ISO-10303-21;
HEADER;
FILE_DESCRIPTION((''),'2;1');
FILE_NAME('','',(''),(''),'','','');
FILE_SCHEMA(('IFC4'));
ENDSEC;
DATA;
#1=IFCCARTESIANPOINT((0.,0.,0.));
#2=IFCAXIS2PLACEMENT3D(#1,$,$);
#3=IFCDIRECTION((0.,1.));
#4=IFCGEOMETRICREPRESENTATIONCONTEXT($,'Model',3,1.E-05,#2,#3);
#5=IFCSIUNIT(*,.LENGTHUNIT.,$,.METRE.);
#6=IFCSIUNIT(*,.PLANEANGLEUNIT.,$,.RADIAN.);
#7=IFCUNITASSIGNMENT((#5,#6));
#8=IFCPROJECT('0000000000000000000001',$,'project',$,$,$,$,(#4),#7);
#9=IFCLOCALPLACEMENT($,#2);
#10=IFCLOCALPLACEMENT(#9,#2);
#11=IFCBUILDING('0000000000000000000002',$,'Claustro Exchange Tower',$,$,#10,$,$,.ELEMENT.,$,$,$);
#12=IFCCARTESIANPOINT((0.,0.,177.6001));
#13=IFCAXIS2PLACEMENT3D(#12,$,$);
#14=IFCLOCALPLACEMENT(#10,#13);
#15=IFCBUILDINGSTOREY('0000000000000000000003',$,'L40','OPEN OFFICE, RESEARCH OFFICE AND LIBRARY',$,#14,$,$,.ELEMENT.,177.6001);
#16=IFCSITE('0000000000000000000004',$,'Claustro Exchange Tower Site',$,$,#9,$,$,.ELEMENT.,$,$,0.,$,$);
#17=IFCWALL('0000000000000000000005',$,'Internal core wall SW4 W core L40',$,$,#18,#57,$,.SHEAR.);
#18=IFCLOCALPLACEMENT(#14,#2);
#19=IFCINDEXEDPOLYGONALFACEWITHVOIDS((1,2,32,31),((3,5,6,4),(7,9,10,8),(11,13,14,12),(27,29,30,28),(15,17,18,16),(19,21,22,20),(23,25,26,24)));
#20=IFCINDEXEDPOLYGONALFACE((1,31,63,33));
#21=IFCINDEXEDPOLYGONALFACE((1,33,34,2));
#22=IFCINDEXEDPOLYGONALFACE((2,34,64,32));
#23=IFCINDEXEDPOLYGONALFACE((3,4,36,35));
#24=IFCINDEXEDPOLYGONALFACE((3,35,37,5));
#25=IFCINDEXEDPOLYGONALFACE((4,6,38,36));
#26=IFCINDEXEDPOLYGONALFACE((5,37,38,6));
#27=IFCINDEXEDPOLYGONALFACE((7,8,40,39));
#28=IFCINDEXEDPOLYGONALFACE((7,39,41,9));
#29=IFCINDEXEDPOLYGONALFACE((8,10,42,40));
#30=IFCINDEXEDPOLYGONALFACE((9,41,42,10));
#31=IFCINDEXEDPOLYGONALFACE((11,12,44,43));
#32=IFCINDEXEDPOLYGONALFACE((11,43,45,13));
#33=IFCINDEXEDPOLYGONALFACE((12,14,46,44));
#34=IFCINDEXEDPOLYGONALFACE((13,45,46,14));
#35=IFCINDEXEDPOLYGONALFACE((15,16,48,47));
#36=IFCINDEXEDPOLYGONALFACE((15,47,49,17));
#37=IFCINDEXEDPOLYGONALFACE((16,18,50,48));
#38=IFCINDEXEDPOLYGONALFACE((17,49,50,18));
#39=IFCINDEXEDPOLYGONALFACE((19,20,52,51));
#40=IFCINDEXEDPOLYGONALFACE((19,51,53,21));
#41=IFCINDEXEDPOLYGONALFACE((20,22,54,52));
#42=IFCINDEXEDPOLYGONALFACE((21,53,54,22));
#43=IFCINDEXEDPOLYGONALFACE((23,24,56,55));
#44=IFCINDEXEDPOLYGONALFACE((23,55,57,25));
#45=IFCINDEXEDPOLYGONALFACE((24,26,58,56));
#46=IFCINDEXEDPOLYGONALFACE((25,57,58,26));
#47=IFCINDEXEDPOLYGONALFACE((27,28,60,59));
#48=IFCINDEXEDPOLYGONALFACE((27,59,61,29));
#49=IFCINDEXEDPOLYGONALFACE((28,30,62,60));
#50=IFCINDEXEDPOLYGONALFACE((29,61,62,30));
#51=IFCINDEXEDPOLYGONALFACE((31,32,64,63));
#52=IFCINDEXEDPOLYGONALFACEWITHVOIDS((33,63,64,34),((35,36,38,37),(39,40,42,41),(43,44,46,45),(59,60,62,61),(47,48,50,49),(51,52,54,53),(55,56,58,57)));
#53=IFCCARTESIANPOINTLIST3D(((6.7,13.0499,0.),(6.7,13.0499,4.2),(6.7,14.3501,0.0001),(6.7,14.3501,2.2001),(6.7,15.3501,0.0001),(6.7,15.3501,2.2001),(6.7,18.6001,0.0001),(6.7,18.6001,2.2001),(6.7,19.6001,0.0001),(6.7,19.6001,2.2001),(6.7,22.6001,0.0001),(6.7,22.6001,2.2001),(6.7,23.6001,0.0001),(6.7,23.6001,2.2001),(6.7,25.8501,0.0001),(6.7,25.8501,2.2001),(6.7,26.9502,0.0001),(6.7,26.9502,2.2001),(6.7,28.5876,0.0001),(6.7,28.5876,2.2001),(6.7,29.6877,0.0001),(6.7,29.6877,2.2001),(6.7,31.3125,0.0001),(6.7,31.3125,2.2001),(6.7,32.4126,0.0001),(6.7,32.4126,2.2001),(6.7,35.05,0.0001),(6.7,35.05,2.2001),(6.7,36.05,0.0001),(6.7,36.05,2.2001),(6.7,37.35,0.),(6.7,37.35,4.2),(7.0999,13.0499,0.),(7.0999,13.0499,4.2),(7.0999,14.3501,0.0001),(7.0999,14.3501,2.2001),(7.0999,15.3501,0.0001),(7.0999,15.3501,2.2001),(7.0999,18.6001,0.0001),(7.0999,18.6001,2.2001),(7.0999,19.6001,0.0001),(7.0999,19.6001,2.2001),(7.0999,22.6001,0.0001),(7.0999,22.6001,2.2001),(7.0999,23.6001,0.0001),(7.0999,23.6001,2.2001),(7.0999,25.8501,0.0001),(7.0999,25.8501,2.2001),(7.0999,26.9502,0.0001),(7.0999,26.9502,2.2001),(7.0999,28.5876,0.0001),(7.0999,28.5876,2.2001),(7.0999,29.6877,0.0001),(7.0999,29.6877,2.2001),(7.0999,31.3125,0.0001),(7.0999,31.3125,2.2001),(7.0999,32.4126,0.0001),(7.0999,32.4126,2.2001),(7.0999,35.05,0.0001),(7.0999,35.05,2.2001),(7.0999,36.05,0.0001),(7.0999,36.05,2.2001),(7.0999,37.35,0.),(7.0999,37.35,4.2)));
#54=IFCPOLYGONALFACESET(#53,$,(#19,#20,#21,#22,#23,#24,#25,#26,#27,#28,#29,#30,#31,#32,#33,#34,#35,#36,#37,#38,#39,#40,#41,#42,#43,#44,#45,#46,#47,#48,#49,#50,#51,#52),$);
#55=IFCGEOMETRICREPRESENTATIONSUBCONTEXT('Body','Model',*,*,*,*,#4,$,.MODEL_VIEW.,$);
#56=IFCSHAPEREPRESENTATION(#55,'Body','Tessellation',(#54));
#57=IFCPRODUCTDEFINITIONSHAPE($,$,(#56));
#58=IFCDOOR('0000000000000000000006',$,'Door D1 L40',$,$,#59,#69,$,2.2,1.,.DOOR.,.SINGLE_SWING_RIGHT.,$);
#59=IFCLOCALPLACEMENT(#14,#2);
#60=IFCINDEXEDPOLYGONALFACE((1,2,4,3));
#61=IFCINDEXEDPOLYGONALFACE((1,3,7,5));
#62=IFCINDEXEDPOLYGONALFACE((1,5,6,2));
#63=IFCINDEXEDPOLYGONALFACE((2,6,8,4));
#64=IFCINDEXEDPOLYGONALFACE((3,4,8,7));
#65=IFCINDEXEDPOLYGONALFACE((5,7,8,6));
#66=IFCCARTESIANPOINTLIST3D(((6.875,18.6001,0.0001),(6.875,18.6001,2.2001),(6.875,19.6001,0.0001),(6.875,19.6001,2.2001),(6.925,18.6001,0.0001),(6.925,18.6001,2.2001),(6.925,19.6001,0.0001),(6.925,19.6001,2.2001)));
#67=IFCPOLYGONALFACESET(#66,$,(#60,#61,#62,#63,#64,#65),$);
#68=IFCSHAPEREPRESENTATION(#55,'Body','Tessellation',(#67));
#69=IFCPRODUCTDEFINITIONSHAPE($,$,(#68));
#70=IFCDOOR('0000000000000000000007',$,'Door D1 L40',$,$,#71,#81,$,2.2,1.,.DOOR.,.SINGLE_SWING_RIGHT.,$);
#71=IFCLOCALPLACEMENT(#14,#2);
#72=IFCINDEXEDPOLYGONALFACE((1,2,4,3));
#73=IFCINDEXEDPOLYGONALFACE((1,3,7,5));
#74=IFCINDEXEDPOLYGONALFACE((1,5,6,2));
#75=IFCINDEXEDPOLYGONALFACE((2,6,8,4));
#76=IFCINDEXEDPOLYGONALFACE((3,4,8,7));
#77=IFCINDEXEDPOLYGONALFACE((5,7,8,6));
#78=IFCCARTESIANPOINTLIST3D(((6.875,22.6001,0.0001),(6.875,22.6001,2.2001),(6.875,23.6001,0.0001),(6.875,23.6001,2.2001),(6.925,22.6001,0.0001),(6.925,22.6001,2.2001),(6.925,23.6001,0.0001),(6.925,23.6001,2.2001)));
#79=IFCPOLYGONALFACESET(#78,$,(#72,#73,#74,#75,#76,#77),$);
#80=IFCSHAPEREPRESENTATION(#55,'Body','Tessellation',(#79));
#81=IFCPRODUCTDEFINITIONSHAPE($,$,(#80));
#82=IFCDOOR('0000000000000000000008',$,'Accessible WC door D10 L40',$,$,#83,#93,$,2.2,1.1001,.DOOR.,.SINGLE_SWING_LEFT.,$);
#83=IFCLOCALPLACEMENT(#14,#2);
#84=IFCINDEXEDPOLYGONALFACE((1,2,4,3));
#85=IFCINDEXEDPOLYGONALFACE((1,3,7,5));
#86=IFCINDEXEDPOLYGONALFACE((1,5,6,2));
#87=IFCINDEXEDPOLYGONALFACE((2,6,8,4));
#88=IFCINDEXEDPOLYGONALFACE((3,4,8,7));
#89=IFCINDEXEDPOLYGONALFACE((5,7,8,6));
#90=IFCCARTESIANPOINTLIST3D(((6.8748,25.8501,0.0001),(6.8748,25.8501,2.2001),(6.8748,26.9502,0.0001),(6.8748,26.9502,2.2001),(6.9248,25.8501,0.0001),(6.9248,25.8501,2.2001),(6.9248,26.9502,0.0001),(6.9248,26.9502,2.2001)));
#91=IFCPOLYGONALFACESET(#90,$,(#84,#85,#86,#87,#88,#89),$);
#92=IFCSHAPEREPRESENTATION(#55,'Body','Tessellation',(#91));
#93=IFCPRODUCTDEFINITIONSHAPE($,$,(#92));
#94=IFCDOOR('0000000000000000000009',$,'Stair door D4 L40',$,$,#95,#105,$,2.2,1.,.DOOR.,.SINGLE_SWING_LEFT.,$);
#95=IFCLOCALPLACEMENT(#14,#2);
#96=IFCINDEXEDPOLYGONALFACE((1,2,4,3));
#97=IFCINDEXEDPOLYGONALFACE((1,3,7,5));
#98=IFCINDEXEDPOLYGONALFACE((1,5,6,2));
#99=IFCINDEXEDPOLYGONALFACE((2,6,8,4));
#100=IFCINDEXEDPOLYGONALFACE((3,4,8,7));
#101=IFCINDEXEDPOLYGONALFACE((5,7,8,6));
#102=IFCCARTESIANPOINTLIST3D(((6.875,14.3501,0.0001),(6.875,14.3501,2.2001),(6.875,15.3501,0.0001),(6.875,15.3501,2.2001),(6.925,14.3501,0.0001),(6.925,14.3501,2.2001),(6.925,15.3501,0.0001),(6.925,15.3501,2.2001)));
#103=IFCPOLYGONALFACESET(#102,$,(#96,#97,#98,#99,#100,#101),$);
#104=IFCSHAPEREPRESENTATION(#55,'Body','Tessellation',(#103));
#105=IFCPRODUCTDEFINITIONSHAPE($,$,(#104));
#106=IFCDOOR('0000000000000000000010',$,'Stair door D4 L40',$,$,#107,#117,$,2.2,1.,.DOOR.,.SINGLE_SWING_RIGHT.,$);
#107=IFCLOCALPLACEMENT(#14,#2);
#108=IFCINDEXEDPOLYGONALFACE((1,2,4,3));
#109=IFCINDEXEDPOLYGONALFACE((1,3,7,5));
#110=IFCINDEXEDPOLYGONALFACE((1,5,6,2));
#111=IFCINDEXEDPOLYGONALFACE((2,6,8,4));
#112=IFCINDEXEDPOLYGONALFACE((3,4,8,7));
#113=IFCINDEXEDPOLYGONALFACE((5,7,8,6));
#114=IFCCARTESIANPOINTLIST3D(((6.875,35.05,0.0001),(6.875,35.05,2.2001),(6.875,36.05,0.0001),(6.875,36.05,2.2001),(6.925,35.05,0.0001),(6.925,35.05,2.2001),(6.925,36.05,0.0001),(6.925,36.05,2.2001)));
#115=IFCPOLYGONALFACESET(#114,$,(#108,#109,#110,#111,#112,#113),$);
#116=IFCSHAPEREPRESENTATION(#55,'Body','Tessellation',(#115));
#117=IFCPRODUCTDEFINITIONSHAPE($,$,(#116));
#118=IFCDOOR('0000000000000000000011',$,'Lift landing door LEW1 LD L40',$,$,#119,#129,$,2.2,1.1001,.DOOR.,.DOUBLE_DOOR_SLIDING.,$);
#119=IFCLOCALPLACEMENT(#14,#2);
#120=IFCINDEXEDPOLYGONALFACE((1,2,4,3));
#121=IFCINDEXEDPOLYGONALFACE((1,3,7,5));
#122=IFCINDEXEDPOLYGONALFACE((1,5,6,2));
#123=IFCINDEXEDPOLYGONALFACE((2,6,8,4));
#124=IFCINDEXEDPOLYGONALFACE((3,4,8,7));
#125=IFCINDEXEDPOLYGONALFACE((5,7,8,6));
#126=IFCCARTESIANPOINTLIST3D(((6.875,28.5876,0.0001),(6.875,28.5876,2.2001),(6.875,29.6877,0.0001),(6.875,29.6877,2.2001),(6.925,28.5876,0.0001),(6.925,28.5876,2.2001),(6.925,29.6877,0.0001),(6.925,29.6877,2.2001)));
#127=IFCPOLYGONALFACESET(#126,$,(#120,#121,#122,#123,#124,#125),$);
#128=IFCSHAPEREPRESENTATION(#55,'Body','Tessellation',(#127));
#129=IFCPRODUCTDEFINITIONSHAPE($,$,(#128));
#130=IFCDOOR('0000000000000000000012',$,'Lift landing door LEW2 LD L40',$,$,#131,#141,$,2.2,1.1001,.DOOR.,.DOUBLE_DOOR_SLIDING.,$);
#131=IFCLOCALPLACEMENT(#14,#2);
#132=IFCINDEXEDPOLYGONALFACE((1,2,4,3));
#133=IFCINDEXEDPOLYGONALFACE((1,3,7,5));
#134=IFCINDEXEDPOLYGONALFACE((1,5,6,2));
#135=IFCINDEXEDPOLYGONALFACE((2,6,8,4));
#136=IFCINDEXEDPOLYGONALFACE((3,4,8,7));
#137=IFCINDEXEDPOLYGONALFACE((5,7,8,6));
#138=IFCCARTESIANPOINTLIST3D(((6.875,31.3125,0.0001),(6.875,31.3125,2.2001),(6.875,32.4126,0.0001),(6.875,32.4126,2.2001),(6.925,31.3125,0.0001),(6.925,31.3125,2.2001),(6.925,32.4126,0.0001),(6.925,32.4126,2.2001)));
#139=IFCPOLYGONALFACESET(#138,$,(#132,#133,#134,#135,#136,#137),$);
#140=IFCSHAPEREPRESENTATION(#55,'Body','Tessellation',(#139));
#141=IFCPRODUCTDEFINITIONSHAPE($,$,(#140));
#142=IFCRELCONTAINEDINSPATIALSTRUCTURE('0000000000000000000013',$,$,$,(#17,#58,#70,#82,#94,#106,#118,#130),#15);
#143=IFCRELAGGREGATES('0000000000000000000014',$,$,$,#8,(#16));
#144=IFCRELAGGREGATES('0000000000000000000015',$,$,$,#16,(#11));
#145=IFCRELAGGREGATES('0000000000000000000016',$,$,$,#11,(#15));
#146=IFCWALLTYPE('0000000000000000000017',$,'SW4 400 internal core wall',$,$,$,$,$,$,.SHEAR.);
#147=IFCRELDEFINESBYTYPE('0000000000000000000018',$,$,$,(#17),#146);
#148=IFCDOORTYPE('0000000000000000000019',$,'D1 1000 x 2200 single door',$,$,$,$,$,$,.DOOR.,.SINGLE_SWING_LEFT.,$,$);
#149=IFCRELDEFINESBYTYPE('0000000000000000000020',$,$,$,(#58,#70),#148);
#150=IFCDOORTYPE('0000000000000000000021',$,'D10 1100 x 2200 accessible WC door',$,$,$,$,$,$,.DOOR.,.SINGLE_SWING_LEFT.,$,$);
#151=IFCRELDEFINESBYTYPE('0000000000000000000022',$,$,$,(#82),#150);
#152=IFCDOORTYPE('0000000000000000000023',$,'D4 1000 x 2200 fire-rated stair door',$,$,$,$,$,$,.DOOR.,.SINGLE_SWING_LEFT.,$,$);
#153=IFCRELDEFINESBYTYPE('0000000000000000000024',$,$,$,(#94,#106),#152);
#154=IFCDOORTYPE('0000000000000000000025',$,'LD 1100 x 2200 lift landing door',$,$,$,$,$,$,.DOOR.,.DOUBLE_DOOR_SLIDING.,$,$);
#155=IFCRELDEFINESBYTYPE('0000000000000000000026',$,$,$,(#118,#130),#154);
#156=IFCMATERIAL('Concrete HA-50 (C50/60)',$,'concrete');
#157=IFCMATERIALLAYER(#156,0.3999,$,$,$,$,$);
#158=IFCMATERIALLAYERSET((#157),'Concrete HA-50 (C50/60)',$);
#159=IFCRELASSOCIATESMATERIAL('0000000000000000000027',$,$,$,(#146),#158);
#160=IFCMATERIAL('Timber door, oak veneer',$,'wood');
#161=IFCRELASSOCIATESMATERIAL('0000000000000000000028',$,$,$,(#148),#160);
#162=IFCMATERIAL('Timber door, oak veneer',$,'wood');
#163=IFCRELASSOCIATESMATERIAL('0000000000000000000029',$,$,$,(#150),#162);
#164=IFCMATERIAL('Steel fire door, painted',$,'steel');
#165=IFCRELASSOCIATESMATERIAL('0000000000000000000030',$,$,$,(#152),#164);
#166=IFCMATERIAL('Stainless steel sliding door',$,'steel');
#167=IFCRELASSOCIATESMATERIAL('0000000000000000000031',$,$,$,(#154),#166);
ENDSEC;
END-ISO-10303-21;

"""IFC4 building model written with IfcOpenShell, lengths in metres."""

from ifc_helpers import new_model, si_unit, direction, frame, frame_2d, origin, place, context, subcontext, project, spatial, rectangle, extrude, material, layer, layer_set, type_object, element, fill, save


model = new_model("IFC4")

# Units and contexts
model_context = context("Model", 3, precision=1e-05, world=origin(), true_north=direction((0.0, 1.0)))
body_context = subcontext(model_context, "Body", "Model", "MODEL_VIEW")
ifc_project = project(units=[si_unit("LENGTHUNIT", "METRE"), si_unit("PLANEANGLEUNIT", "RADIAN")], contexts=[model_context])

# Site, building, storey
site_placement = place(None, origin())
site = spatial("IfcSite", under=ifc_project, at=site_placement, Name="Claustro Exchange Tower Site", CompositionType="ELEMENT", RefElevation=0.0)
building_placement = place(site_placement, origin())
building = spatial("IfcBuilding", under=site, at=building_placement, Name="Claustro Exchange Tower", CompositionType="ELEMENT")
storey_placement = place(building_placement, frame((0.0, 0.0, 177.6001)))
storey = spatial("IfcBuildingStorey", under=building, at=storey_placement, Name="L40", Description="OPEN OFFICE, RESEARCH OFFICE AND LIBRARY", CompositionType="ELEMENT", Elevation=177.6001)

# Wall, openings, doors
ifc_material_1 = material(Name="Concrete HA-50 (C50/60)", Category="concrete")
ifc_layer_1 = layer(ifc_material_1, 0.3999)
ifc_layer_set_1 = layer_set([ifc_layer_1], Name="Concrete HA-50 (C50/60)")
wall_type_1 = type_object("IfcWallType", Name="SW4 400 internal core wall", PredefinedType="SHEAR", material=ifc_layer_set_1)
wall_1_placement = place(storey_placement, frame((6.8999, 13.05, 0.0), z_axis=(0.0, 0.0, 1.0), x_axis=(0.0, 1.0, 0.0)))
wall_1 = element("IfcWall", 1, at=wall_1_placement, inside=storey, type_object=wall_type_1, Name="Internal core wall SW4 W core L40", PredefinedType="SHEAR", context=body_context, shape_type="SweptSolid", body=[
    extrude(rectangle(XDim=24.3, YDim=0.3999, at=frame_2d((12.1499, 0.0))), origin(), (0.0, 0.0, 1.0), 4.2),
])
opening_1_placement = place(wall_1_placement, frame((1.3, 0.0, 0.0)))
opening_1 = element("IfcOpeningElement", 2, at=opening_1_placement, cuts=wall_1, PredefinedType="OPENING", context=body_context, shape_type="SweptSolid", body=[
    extrude(rectangle(XDim=1.0, YDim=2.2, at=frame_2d((0.5, 1.1001))), frame((0.0, 0.21, 0.0), z_axis=(0.0, -1.0, 0.0), x_axis=(1.0, 0.0, 0.0)), (0.0, 0.0, 1.0), 0.4199),
])
opening_2_placement = place(wall_1_placement, frame((22.0, 0.0, 0.0)))
opening_2 = element("IfcOpeningElement", 3, at=opening_2_placement, cuts=wall_1, PredefinedType="OPENING", context=body_context, shape_type="SweptSolid", body=[
    extrude(rectangle(XDim=1.0, YDim=2.2, at=frame_2d((0.5, 1.1001))), frame((0.0, 0.21, 0.0), z_axis=(0.0, -1.0, 0.0), x_axis=(1.0, 0.0, 0.0)), (0.0, 0.0, 1.0), 0.4199),
])
opening_3_placement = place(wall_1_placement, frame((5.55, 0.0, 0.0)))
opening_3 = element("IfcOpeningElement", 4, at=opening_3_placement, cuts=wall_1, PredefinedType="OPENING", context=body_context, shape_type="SweptSolid", body=[
    extrude(rectangle(XDim=1.0, YDim=2.2, at=frame_2d((0.5, 1.1001))), frame((0.0, 0.21, 0.0), z_axis=(0.0, -1.0, 0.0), x_axis=(1.0, 0.0, 0.0)), (0.0, 0.0, 1.0), 0.4199),
])
opening_4_placement = place(wall_1_placement, frame((9.55, 0.0, 0.0)))
opening_4 = element("IfcOpeningElement", 5, at=opening_4_placement, cuts=wall_1, PredefinedType="OPENING", context=body_context, shape_type="SweptSolid", body=[
    extrude(rectangle(XDim=1.0, YDim=2.2, at=frame_2d((0.5, 1.1001))), frame((0.0, 0.21, 0.0), z_axis=(0.0, -1.0, 0.0), x_axis=(1.0, 0.0, 0.0)), (0.0, 0.0, 1.0), 0.4199),
])
opening_5_placement = place(wall_1_placement, frame((12.8, 0.0, 0.0)))
opening_5 = element("IfcOpeningElement", 6, at=opening_5_placement, cuts=wall_1, PredefinedType="OPENING", context=body_context, shape_type="SweptSolid", body=[
    extrude(rectangle(XDim=1.1001, YDim=2.2, at=frame_2d((0.55, 1.1001))), frame((0.0, 0.21, 0.0), z_axis=(0.0, -1.0, 0.0), x_axis=(1.0, 0.0, 0.0)), (0.0, 0.0, 1.0), 0.4199),
])
opening_6_placement = place(wall_1_placement, frame((15.5376, 0.0, 0.0)))
opening_6 = element("IfcOpeningElement", 7, at=opening_6_placement, cuts=wall_1, PredefinedType="OPENING", context=body_context, shape_type="SweptSolid", body=[
    extrude(rectangle(XDim=1.1001, YDim=2.2, at=frame_2d((0.55, 1.1001))), frame((0.0, 0.21, 0.0), z_axis=(0.0, -1.0, 0.0), x_axis=(1.0, 0.0, 0.0)), (0.0, 0.0, 1.0), 0.4199),
])
opening_7_placement = place(wall_1_placement, frame((18.2625, 0.0, 0.0)))
opening_7 = element("IfcOpeningElement", 8, at=opening_7_placement, cuts=wall_1, PredefinedType="OPENING", context=body_context, shape_type="SweptSolid", body=[
    extrude(rectangle(XDim=1.1001, YDim=2.2, at=frame_2d((0.55, 1.1001))), frame((0.0, 0.21, 0.0), z_axis=(0.0, -1.0, 0.0), x_axis=(1.0, 0.0, 0.0)), (0.0, 0.0, 1.0), 0.4199),
])
ifc_material_2 = material(Name="Timber door, oak veneer", Category="wood")
door_type_1 = type_object("IfcDoorType", Name="D1 1000 x 2200 single door", OperationType="SINGLE_SWING_LEFT", PredefinedType="DOOR", material=ifc_material_2)
door_1_placement = place(opening_3_placement, origin())
door_1 = element("IfcDoor", 9, at=door_1_placement, inside=storey, type_object=door_type_1, Name="Door D1 L40", OperationType="SINGLE_SWING_RIGHT", OverallHeight=2.2, OverallWidth=1.0, PredefinedType="DOOR", context=body_context, shape_type="SweptSolid", body=[
    extrude(rectangle(XDim=1.0, YDim=2.2, at=frame_2d((0.5, 1.1001))), frame((0.0, 0.0249, 0.0), z_axis=(0.0, -1.0, 0.0), x_axis=(1.0, 0.0, 0.0)), (0.0, 0.0, 1.0), 0.05),
])
fill(opening_3, door_1)
door_2_placement = place(opening_4_placement, origin())
door_2 = element("IfcDoor", 10, at=door_2_placement, inside=storey, type_object=door_type_1, Name="Door D1 L40", OperationType="SINGLE_SWING_RIGHT", OverallHeight=2.2, OverallWidth=1.0, PredefinedType="DOOR", context=body_context, shape_type="SweptSolid", body=[
    extrude(rectangle(XDim=1.0, YDim=2.2, at=frame_2d((0.5, 1.1001))), frame((0.0, 0.0249, 0.0), z_axis=(0.0, -1.0, 0.0), x_axis=(1.0, 0.0, 0.0)), (0.0, 0.0, 1.0), 0.05),
])
fill(opening_4, door_2)
ifc_material_3 = material(Name="Timber door, oak veneer", Category="wood")
door_type_2 = type_object("IfcDoorType", Name="D10 1100 x 2200 accessible WC door", OperationType="SINGLE_SWING_LEFT", PredefinedType="DOOR", material=ifc_material_3)
door_3_placement = place(opening_5_placement, frame((1.1001, 0.0, 0.0), z_axis=(0.0, 0.0, 1.0), x_axis=(-1.0, 0.0, 0.0)))
door_3 = element("IfcDoor", 11, at=door_3_placement, inside=storey, type_object=door_type_2, Name="Accessible WC door D10 L40", OperationType="SINGLE_SWING_LEFT", OverallHeight=2.2, OverallWidth=1.1001, PredefinedType="DOOR", context=body_context, shape_type="SweptSolid", body=[
    extrude(rectangle(XDim=1.1001, YDim=2.2, at=frame_2d((0.55, 1.1001))), frame((0.0, 0.0249, 0.0), z_axis=(0.0, -1.0, 0.0), x_axis=(1.0, 0.0, 0.0)), (0.0, 0.0, 1.0), 0.05),
])
fill(opening_5, door_3)
ifc_material_4 = material(Name="Steel fire door, painted", Category="steel")
door_type_3 = type_object("IfcDoorType", Name="D4 1000 x 2200 fire-rated stair door", OperationType="SINGLE_SWING_LEFT", PredefinedType="DOOR", material=ifc_material_4)
door_4_placement = place(opening_1_placement, origin())
door_4 = element("IfcDoor", 12, at=door_4_placement, inside=storey, type_object=door_type_3, Name="Stair door D4 L40", OperationType="SINGLE_SWING_LEFT", OverallHeight=2.2, OverallWidth=1.0, PredefinedType="DOOR", context=body_context, shape_type="SweptSolid", body=[
    extrude(rectangle(XDim=1.0, YDim=2.2, at=frame_2d((0.5, 1.1001))), frame((0.0, 0.0249, 0.0), z_axis=(0.0, -1.0, 0.0), x_axis=(1.0, 0.0, 0.0)), (0.0, 0.0, 1.0), 0.05),
])
fill(opening_1, door_4)
door_5_placement = place(opening_2_placement, origin())
door_5 = element("IfcDoor", 13, at=door_5_placement, inside=storey, type_object=door_type_3, Name="Stair door D4 L40", OperationType="SINGLE_SWING_RIGHT", OverallHeight=2.2, OverallWidth=1.0, PredefinedType="DOOR", context=body_context, shape_type="SweptSolid", body=[
    extrude(rectangle(XDim=1.0, YDim=2.2, at=frame_2d((0.5, 1.1001))), frame((0.0, 0.0249, 0.0), z_axis=(0.0, -1.0, 0.0), x_axis=(1.0, 0.0, 0.0)), (0.0, 0.0, 1.0), 0.05),
])
fill(opening_2, door_5)
ifc_material_5 = material(Name="Stainless steel sliding door", Category="steel")
door_type_4 = type_object("IfcDoorType", Name="LD 1100 x 2200 lift landing door", OperationType="DOUBLE_DOOR_SLIDING", PredefinedType="DOOR", material=ifc_material_5)
door_6_placement = place(opening_6_placement, origin())
door_6 = element("IfcDoor", 14, at=door_6_placement, inside=storey, type_object=door_type_4, Name="Lift landing door LEW1 LD L40", OperationType="DOUBLE_DOOR_SLIDING", OverallHeight=2.2, OverallWidth=1.1001, PredefinedType="DOOR", context=body_context, shape_type="SweptSolid", body=[
    extrude(rectangle(XDim=1.1001, YDim=2.2, at=frame_2d((0.55, 1.1001))), frame((0.0, 0.0249, 0.0), z_axis=(0.0, -1.0, 0.0), x_axis=(1.0, 0.0, 0.0)), (0.0, 0.0, 1.0), 0.05),
])
fill(opening_6, door_6)
door_7_placement = place(opening_7_placement, origin())
door_7 = element("IfcDoor", 15, at=door_7_placement, inside=storey, type_object=door_type_4, Name="Lift landing door LEW2 LD L40", OperationType="DOUBLE_DOOR_SLIDING", OverallHeight=2.2, OverallWidth=1.1001, PredefinedType="DOOR", context=body_context, shape_type="SweptSolid", body=[
    extrude(rectangle(XDim=1.1001, YDim=2.2, at=frame_2d((0.55, 1.1001))), frame((0.0, 0.0249, 0.0), z_axis=(0.0, -1.0, 0.0), x_axis=(1.0, 0.0, 0.0)), (0.0, 0.0, 1.0), 0.05),
])
fill(opening_7, door_7)

save(model, "model.ifc")
